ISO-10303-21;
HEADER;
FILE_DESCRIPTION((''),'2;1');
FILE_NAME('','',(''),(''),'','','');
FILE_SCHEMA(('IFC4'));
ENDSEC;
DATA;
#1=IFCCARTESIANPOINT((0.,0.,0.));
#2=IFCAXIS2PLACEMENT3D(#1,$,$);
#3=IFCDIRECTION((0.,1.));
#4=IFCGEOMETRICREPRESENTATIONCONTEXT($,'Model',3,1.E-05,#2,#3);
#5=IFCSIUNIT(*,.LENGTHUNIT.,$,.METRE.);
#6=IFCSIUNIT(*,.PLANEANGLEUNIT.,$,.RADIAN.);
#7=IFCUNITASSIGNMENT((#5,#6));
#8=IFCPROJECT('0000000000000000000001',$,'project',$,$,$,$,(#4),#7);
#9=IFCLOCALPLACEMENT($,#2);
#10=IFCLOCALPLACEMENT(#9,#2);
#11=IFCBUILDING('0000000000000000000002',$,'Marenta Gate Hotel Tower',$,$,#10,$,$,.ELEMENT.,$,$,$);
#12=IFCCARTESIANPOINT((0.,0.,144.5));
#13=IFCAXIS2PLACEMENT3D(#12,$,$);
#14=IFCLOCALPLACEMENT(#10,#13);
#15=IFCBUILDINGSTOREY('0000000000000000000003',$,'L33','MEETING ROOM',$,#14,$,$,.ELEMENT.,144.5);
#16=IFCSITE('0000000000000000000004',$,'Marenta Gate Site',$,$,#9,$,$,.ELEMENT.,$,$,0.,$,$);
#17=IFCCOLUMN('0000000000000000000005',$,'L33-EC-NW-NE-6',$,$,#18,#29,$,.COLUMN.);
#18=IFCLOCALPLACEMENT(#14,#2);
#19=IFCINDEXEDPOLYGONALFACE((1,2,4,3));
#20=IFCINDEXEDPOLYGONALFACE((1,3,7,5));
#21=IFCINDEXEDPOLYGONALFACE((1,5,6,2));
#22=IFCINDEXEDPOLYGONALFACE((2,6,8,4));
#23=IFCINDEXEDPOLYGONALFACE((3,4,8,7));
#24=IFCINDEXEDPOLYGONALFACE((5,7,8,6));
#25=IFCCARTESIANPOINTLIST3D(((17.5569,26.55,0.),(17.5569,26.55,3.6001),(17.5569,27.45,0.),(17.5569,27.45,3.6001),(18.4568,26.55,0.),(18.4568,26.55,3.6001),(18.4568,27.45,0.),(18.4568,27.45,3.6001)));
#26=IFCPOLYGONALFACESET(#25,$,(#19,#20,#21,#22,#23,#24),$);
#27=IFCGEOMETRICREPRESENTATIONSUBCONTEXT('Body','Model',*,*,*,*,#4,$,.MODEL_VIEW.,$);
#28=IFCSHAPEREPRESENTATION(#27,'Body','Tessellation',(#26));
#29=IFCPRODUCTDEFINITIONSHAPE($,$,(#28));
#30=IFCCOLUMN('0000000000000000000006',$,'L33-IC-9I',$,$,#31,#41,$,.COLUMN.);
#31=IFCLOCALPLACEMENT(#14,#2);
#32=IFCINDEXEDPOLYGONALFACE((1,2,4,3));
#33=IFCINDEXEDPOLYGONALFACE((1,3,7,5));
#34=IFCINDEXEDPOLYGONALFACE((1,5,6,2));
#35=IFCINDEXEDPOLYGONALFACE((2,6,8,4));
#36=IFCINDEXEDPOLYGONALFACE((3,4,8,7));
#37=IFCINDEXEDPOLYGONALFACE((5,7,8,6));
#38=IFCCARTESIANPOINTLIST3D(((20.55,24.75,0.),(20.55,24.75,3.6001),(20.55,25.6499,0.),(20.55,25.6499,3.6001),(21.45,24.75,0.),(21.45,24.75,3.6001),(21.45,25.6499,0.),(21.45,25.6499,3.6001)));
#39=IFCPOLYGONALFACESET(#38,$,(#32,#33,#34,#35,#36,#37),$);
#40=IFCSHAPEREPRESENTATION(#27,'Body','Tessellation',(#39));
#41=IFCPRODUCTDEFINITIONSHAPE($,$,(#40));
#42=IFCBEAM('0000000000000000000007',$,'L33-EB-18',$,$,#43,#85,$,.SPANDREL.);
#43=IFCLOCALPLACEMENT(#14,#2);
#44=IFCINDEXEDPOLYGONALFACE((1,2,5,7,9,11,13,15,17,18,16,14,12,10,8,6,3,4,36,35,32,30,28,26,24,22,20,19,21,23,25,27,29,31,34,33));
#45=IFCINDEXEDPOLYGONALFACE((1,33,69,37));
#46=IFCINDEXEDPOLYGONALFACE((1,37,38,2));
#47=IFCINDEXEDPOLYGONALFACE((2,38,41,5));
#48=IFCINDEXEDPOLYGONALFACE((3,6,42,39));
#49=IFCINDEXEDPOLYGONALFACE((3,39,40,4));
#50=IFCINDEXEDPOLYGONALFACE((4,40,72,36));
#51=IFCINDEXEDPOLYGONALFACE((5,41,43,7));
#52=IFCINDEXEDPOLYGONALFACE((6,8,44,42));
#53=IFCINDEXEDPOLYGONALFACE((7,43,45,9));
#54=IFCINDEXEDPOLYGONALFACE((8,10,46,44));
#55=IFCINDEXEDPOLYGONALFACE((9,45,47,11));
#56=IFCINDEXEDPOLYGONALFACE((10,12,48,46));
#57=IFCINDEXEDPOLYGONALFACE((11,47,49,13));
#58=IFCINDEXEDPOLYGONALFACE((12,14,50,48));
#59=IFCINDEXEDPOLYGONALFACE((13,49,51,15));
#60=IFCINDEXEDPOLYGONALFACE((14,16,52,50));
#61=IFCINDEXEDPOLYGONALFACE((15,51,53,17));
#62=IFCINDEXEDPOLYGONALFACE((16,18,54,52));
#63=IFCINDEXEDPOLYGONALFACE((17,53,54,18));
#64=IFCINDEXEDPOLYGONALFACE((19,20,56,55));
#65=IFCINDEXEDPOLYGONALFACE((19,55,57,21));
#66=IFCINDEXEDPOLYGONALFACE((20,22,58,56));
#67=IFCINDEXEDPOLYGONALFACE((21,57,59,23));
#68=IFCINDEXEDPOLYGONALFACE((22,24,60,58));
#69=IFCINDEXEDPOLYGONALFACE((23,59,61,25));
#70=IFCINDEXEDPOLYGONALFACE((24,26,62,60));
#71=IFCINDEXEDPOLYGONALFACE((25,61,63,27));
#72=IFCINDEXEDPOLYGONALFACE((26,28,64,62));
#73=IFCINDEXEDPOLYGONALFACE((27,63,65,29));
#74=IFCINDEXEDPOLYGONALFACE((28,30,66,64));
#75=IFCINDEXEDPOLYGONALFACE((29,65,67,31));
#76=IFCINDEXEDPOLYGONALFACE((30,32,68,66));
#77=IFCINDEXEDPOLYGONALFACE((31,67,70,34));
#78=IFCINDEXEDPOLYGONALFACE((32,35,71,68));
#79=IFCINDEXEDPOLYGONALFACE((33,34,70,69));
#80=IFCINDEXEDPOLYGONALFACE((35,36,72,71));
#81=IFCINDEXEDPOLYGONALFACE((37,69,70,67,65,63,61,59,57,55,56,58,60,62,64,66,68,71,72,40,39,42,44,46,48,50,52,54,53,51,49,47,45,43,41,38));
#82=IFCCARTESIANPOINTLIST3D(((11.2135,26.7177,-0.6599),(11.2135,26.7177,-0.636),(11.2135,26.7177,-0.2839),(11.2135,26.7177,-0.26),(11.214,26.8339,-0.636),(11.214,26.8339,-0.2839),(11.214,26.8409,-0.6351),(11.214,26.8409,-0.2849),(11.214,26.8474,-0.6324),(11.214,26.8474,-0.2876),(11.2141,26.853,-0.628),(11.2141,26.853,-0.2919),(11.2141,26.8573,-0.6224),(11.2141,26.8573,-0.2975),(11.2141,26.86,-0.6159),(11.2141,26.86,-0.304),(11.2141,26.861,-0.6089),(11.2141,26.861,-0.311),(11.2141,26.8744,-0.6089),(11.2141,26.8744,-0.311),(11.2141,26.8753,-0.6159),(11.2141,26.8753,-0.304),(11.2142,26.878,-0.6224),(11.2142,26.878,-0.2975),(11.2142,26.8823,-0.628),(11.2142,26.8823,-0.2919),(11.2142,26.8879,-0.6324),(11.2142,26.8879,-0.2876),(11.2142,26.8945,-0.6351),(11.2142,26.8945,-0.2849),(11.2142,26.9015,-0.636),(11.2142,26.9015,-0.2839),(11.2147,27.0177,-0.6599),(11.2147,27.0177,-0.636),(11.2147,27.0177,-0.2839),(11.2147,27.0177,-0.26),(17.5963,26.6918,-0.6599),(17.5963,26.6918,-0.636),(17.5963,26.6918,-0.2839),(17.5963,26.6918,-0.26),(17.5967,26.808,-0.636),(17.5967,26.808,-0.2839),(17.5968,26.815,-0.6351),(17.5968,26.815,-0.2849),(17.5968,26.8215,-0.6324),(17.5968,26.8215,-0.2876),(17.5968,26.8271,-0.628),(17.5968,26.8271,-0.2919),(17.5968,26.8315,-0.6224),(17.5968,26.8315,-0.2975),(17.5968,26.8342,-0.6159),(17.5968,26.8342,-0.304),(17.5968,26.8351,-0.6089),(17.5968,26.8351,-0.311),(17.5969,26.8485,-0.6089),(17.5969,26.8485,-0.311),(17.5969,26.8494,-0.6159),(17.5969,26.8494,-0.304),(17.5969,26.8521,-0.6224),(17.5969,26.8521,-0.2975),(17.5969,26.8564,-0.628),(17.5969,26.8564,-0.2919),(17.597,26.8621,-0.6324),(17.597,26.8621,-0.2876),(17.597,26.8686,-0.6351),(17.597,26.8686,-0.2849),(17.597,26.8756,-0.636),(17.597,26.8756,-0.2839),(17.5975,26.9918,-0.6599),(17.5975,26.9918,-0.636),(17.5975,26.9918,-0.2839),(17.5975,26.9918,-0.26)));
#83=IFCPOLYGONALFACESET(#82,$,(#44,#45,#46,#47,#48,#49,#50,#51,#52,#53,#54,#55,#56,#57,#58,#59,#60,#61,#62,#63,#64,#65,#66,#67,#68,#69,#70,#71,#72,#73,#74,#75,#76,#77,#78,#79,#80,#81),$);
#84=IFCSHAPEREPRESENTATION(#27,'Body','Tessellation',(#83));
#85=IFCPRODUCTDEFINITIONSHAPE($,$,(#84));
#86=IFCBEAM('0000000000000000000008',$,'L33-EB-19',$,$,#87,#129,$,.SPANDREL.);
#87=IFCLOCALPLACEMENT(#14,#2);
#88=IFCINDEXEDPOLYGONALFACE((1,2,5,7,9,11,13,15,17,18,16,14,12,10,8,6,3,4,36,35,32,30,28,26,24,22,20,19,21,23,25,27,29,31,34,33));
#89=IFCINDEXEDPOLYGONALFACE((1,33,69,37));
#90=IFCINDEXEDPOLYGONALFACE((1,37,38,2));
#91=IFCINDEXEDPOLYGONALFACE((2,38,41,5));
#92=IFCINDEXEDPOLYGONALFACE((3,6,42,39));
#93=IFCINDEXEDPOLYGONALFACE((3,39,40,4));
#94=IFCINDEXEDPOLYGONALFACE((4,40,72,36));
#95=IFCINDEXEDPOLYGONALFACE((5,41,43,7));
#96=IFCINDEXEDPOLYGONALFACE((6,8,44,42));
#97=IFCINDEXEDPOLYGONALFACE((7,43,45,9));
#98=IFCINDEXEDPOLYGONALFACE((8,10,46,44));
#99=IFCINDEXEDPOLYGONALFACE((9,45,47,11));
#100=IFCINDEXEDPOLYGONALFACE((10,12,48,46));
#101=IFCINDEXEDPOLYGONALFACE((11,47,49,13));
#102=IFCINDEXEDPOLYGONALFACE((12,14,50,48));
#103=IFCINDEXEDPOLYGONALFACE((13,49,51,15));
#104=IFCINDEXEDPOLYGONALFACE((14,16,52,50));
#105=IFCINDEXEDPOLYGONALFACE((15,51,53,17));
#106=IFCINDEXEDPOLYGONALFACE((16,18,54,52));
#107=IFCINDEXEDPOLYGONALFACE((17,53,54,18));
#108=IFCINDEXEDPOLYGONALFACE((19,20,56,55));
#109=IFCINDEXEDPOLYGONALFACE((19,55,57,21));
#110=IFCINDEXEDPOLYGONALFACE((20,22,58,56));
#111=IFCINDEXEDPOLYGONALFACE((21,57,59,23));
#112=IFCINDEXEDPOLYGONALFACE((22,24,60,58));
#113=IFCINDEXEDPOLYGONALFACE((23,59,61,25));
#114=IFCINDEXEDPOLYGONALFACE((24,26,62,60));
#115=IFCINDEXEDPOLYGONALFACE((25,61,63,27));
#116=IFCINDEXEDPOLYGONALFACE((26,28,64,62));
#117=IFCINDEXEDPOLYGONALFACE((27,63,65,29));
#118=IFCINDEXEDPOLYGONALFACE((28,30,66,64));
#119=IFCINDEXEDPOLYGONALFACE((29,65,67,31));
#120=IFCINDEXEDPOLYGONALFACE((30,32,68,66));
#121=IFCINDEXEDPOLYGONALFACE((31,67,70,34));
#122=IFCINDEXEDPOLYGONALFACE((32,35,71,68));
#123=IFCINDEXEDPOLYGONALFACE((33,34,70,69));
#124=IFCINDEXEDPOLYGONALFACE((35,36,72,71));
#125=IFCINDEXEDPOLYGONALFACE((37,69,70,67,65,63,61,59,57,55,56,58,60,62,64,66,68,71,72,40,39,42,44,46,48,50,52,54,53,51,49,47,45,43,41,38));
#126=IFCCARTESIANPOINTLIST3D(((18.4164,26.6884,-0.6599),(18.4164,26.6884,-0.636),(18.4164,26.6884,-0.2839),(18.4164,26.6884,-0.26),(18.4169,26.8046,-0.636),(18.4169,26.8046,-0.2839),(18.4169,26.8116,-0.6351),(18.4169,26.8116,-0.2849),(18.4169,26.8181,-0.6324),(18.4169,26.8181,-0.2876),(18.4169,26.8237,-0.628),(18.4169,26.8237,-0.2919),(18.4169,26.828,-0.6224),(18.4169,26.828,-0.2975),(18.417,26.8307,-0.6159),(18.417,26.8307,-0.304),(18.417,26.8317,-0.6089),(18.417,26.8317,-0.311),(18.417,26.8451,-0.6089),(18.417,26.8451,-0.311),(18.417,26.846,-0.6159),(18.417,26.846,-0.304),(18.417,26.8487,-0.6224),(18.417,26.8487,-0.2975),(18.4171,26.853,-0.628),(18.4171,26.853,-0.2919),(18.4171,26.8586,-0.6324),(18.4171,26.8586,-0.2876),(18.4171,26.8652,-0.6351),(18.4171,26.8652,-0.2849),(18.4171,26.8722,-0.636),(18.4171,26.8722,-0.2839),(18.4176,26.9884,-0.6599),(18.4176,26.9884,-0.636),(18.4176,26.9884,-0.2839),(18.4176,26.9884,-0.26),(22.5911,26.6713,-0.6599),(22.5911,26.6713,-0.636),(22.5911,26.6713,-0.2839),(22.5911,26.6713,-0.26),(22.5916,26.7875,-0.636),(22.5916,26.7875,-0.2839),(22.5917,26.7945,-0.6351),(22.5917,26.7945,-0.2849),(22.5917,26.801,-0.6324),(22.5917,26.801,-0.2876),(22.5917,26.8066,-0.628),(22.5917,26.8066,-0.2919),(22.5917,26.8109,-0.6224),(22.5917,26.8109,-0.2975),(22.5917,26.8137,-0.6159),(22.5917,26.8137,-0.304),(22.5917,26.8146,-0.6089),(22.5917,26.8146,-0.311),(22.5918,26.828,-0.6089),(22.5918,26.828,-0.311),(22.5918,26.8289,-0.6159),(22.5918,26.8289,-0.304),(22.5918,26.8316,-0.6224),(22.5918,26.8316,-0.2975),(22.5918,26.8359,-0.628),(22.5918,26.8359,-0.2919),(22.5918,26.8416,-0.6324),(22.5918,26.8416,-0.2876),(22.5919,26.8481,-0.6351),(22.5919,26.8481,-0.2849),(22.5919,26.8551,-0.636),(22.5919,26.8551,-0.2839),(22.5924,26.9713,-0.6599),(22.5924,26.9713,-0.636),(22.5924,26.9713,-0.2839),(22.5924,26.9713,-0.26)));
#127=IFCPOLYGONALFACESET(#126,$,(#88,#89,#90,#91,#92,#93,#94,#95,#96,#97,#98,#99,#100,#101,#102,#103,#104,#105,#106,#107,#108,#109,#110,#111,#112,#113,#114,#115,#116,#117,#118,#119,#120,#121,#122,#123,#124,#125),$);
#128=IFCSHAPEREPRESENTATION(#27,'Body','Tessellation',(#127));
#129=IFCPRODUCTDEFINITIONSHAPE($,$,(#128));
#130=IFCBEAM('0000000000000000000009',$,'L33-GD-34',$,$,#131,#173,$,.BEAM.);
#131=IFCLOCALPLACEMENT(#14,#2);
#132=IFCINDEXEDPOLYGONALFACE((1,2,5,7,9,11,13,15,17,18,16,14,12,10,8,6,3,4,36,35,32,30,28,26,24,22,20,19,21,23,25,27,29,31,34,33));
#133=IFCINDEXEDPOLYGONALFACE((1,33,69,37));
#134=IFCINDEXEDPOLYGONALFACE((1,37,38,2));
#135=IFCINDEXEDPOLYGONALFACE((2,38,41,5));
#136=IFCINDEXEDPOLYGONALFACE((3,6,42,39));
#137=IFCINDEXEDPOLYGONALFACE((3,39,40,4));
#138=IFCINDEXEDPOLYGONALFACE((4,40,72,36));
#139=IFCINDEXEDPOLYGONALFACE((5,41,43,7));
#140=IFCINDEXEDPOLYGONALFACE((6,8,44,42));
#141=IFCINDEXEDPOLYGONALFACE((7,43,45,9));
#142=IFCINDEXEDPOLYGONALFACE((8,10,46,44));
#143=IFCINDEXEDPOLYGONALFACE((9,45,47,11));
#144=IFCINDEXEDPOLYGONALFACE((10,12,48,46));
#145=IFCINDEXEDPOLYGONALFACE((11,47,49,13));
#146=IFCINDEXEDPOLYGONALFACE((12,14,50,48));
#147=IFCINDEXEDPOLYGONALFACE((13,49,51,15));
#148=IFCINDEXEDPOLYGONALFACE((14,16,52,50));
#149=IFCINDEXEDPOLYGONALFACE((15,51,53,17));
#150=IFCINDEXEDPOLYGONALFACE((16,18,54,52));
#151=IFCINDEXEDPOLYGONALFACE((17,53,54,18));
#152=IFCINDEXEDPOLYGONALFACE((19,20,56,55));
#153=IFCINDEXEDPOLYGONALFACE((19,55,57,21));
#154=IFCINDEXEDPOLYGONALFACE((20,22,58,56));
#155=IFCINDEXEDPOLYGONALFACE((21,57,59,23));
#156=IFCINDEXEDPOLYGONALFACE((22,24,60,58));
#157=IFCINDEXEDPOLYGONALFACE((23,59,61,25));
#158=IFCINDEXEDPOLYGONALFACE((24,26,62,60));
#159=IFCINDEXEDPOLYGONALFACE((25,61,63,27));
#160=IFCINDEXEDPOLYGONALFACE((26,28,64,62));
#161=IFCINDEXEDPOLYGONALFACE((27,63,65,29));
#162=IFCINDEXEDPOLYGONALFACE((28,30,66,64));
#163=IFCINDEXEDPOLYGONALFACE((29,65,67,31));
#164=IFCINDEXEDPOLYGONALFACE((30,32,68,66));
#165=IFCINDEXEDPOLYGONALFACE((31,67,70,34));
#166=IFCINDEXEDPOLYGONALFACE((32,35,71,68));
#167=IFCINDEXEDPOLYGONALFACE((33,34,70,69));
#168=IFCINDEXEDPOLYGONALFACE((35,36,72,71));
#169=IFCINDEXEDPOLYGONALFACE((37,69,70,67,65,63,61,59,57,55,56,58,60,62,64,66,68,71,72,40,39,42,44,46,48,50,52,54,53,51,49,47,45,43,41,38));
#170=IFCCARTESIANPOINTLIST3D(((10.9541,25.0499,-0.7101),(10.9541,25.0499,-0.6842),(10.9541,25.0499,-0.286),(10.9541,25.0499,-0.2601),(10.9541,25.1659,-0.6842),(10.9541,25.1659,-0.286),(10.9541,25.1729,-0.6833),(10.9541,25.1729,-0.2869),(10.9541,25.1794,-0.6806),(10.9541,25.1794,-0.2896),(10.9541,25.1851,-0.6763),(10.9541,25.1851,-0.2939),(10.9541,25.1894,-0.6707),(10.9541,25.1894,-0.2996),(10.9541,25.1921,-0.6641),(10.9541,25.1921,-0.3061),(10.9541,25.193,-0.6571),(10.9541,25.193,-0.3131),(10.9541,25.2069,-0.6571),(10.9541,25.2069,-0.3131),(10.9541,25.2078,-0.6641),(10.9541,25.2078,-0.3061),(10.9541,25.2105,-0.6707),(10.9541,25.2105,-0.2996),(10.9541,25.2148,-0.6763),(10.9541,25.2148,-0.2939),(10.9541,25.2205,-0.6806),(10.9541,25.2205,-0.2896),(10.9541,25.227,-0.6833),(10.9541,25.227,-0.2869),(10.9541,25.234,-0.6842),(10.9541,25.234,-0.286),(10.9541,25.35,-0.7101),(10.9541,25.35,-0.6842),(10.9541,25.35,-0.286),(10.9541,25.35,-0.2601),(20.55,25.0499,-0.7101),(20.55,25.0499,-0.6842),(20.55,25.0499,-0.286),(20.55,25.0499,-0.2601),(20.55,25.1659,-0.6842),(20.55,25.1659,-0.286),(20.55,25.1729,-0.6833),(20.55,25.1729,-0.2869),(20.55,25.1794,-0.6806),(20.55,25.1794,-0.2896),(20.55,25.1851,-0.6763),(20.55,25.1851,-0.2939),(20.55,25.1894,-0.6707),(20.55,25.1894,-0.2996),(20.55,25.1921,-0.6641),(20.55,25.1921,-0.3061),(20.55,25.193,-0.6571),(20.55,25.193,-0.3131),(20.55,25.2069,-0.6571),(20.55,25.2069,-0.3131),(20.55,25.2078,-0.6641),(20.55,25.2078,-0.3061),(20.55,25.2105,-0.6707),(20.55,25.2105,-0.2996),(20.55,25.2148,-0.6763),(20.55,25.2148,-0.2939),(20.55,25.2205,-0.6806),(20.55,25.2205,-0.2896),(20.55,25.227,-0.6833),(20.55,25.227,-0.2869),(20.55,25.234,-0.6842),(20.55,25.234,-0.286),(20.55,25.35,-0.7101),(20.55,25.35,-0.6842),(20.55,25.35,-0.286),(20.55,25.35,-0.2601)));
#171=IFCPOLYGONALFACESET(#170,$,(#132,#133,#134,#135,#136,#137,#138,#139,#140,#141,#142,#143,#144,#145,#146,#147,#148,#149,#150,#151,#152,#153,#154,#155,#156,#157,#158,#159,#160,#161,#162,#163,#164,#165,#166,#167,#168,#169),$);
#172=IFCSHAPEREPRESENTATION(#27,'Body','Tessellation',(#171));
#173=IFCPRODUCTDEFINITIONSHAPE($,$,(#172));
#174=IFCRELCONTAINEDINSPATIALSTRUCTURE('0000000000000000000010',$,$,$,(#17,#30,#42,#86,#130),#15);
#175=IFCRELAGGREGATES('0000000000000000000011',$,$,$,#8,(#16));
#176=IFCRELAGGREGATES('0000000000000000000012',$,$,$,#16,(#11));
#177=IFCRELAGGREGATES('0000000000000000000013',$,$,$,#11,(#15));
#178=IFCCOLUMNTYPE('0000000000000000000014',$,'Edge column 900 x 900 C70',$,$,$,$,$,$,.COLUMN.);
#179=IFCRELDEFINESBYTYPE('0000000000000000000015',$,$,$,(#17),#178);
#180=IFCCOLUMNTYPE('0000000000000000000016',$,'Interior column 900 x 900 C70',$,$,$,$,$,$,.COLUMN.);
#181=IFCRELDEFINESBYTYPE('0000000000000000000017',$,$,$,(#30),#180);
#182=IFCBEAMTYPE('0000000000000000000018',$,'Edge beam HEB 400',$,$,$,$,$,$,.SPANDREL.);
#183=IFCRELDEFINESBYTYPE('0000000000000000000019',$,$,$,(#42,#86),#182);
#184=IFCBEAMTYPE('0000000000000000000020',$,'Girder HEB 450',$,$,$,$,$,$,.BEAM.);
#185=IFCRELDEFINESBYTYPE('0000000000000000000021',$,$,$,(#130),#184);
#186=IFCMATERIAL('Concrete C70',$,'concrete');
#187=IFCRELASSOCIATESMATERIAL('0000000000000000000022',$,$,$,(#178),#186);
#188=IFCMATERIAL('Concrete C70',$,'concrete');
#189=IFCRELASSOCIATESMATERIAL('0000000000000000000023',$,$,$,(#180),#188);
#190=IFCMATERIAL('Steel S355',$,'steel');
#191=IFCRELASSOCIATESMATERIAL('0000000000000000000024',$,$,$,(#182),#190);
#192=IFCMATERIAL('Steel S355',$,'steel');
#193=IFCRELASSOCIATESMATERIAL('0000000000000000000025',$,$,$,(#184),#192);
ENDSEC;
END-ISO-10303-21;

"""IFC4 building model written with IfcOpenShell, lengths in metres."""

from ifc_helpers import new_model, si_unit, direction, frame, origin, origin_2d, place, context, subcontext, project, spatial, rectangle, i_section, extrude, material, material_profile, profile_set, type_object, element, save


model = new_model("IFC4")

# Units and contexts
model_context = context("Model", 3, precision=1e-05, world=origin(), true_north=direction((0.0, 1.0)))
body_context = subcontext(model_context, "Body", "Model", "MODEL_VIEW")
ifc_project = project(units=[si_unit("LENGTHUNIT", "METRE"), si_unit("PLANEANGLEUNIT", "RADIAN")], contexts=[model_context])

# Site, building, storey
site_placement = place(None, origin())
site = spatial("IfcSite", under=ifc_project, at=site_placement, Name="Marenta Gate Site", CompositionType="ELEMENT", RefElevation=0.0)
building_placement = place(site_placement, origin())
building = spatial("IfcBuilding", under=site, at=building_placement, Name="Marenta Gate Hotel Tower", CompositionType="ELEMENT")
storey_placement = place(building_placement, frame((0.0, 0.0, 144.5)))
storey = spatial("IfcBuildingStorey", under=building, at=storey_placement, Name="L33", Description="MEETING ROOM", CompositionType="ELEMENT", Elevation=144.5)

# Columns
ifc_material_1 = material(Name="Concrete C70", Category="concrete")
ifc_material_profile_1 = material_profile(ifc_material_1, rectangle(XDim=0.8999, YDim=0.8999, at=origin_2d()), Name="900 x 900")
ifc_profile_set_1 = profile_set([ifc_material_profile_1], Name="Concrete C70")
column_type_1 = type_object("IfcColumnType", Name="Edge column 900 x 900 C70", PredefinedType="COLUMN", material=ifc_profile_set_1)
column_1_placement = place(storey_placement, frame((18.0068, 27.0, 0.0), z_axis=(0.0, 0.0, 1.0), x_axis=(1.0, 0.0, 0.0)))
element("IfcColumn", 1, at=column_1_placement, inside=storey, type_object=column_type_1, Name="L33-EC-NW-NE-6", PredefinedType="COLUMN", context=body_context, shape_type="SweptSolid", body=[
    extrude(rectangle(XDim=0.8999, YDim=0.8999, at=origin_2d()), origin(), (0.0, 0.0, 1.0), 3.6001),
])
ifc_material_2 = material(Name="Concrete C70", Category="concrete")
ifc_material_profile_2 = material_profile(ifc_material_2, rectangle(XDim=0.8999, YDim=0.8999, at=origin_2d()), Name="900 x 900")
ifc_profile_set_2 = profile_set([ifc_material_profile_2], Name="Concrete C70")
column_type_2 = type_object("IfcColumnType", Name="Interior column 900 x 900 C70", PredefinedType="COLUMN", material=ifc_profile_set_2)
column_2_placement = place(storey_placement, frame((21.0, 25.2, 0.0), z_axis=(0.0, 0.0, 1.0), x_axis=(1.0, 0.0, 0.0)))
element("IfcColumn", 2, at=column_2_placement, inside=storey, type_object=column_type_2, Name="L33-IC-9I", PredefinedType="COLUMN", context=body_context, shape_type="SweptSolid", body=[
    extrude(rectangle(XDim=0.8999, YDim=0.8999, at=origin_2d()), origin(), (0.0, 0.0, 1.0), 3.6001),
])

# Beams
ifc_material_3 = material(Name="Steel S355", Category="steel")
ifc_material_profile_3 = material_profile(ifc_material_3, i_section(OverallWidth=0.3, OverallDepth=0.3999, WebThickness=0.0134, FlangeThickness=0.0239, FilletRadius=0.0271, at=origin_2d()), Name="HEB 400")
ifc_profile_set_3 = profile_set([ifc_material_profile_3], Name="Steel S355")
beam_type_1 = type_object("IfcBeamType", Name="Edge beam HEB 400", PredefinedType="SPANDREL", material=ifc_profile_set_3)
beam_1_placement = place(storey_placement, frame((11.2141, 26.8677, -0.46), z_axis=(0.999992, -0.004054, 0.0), x_axis=(0.004054, 0.999992, 0.0)))
element("IfcBeam", 3, at=beam_1_placement, inside=storey, type_object=beam_type_1, Name="L33-EB-18", PredefinedType="SPANDREL", context=body_context, shape_type="SweptSolid", body=[
    extrude(i_section(OverallWidth=0.3, OverallDepth=0.3999, WebThickness=0.0134, FlangeThickness=0.0239, FilletRadius=0.0271, at=origin_2d()), origin(), (0.0, 0.0, 1.0), 6.3828),
])
beam_2_placement = place(storey_placement, frame((18.417, 26.8384, -0.46), z_axis=(0.999992, -0.004094, 0.0), x_axis=(0.004094, 0.999992, 0.0)))
element("IfcBeam", 4, at=beam_2_placement, inside=storey, type_object=beam_type_1, Name="L33-EB-19", PredefinedType="SPANDREL", context=body_context, shape_type="SweptSolid", body=[
    extrude(i_section(OverallWidth=0.3, OverallDepth=0.3999, WebThickness=0.0134, FlangeThickness=0.0239, FilletRadius=0.0271, at=origin_2d()), origin(), (0.0, 0.0, 1.0), 4.1748),
])
ifc_material_4 = material(Name="Steel S355", Category="steel")
ifc_material_profile_4 = material_profile(ifc_material_4, i_section(OverallWidth=0.3, OverallDepth=0.45, WebThickness=0.0139, FlangeThickness=0.0259, FilletRadius=0.0271, at=origin_2d()), Name="HEB 450")
ifc_profile_set_4 = profile_set([ifc_material_profile_4], Name="Steel S355")
beam_type_2 = type_object("IfcBeamType", Name="Girder HEB 450", PredefinedType="BEAM", material=ifc_profile_set_4)
beam_3_placement = place(storey_placement, frame((10.9541, 25.2, -0.4851), z_axis=(1.0, 0.0, 0.0), x_axis=(0.0, 1.0, 0.0)))
element("IfcBeam", 5, at=beam_3_placement, inside=storey, type_object=beam_type_2, Name="L33-GD-34", PredefinedType="BEAM", context=body_context, shape_type="SweptSolid", body=[
    extrude(i_section(OverallWidth=0.3, OverallDepth=0.45, WebThickness=0.0139, FlangeThickness=0.0259, FilletRadius=0.0271, at=origin_2d()), origin(), (0.0, 0.0, 1.0), 9.5959),
])

save(model, "model.ifc")
